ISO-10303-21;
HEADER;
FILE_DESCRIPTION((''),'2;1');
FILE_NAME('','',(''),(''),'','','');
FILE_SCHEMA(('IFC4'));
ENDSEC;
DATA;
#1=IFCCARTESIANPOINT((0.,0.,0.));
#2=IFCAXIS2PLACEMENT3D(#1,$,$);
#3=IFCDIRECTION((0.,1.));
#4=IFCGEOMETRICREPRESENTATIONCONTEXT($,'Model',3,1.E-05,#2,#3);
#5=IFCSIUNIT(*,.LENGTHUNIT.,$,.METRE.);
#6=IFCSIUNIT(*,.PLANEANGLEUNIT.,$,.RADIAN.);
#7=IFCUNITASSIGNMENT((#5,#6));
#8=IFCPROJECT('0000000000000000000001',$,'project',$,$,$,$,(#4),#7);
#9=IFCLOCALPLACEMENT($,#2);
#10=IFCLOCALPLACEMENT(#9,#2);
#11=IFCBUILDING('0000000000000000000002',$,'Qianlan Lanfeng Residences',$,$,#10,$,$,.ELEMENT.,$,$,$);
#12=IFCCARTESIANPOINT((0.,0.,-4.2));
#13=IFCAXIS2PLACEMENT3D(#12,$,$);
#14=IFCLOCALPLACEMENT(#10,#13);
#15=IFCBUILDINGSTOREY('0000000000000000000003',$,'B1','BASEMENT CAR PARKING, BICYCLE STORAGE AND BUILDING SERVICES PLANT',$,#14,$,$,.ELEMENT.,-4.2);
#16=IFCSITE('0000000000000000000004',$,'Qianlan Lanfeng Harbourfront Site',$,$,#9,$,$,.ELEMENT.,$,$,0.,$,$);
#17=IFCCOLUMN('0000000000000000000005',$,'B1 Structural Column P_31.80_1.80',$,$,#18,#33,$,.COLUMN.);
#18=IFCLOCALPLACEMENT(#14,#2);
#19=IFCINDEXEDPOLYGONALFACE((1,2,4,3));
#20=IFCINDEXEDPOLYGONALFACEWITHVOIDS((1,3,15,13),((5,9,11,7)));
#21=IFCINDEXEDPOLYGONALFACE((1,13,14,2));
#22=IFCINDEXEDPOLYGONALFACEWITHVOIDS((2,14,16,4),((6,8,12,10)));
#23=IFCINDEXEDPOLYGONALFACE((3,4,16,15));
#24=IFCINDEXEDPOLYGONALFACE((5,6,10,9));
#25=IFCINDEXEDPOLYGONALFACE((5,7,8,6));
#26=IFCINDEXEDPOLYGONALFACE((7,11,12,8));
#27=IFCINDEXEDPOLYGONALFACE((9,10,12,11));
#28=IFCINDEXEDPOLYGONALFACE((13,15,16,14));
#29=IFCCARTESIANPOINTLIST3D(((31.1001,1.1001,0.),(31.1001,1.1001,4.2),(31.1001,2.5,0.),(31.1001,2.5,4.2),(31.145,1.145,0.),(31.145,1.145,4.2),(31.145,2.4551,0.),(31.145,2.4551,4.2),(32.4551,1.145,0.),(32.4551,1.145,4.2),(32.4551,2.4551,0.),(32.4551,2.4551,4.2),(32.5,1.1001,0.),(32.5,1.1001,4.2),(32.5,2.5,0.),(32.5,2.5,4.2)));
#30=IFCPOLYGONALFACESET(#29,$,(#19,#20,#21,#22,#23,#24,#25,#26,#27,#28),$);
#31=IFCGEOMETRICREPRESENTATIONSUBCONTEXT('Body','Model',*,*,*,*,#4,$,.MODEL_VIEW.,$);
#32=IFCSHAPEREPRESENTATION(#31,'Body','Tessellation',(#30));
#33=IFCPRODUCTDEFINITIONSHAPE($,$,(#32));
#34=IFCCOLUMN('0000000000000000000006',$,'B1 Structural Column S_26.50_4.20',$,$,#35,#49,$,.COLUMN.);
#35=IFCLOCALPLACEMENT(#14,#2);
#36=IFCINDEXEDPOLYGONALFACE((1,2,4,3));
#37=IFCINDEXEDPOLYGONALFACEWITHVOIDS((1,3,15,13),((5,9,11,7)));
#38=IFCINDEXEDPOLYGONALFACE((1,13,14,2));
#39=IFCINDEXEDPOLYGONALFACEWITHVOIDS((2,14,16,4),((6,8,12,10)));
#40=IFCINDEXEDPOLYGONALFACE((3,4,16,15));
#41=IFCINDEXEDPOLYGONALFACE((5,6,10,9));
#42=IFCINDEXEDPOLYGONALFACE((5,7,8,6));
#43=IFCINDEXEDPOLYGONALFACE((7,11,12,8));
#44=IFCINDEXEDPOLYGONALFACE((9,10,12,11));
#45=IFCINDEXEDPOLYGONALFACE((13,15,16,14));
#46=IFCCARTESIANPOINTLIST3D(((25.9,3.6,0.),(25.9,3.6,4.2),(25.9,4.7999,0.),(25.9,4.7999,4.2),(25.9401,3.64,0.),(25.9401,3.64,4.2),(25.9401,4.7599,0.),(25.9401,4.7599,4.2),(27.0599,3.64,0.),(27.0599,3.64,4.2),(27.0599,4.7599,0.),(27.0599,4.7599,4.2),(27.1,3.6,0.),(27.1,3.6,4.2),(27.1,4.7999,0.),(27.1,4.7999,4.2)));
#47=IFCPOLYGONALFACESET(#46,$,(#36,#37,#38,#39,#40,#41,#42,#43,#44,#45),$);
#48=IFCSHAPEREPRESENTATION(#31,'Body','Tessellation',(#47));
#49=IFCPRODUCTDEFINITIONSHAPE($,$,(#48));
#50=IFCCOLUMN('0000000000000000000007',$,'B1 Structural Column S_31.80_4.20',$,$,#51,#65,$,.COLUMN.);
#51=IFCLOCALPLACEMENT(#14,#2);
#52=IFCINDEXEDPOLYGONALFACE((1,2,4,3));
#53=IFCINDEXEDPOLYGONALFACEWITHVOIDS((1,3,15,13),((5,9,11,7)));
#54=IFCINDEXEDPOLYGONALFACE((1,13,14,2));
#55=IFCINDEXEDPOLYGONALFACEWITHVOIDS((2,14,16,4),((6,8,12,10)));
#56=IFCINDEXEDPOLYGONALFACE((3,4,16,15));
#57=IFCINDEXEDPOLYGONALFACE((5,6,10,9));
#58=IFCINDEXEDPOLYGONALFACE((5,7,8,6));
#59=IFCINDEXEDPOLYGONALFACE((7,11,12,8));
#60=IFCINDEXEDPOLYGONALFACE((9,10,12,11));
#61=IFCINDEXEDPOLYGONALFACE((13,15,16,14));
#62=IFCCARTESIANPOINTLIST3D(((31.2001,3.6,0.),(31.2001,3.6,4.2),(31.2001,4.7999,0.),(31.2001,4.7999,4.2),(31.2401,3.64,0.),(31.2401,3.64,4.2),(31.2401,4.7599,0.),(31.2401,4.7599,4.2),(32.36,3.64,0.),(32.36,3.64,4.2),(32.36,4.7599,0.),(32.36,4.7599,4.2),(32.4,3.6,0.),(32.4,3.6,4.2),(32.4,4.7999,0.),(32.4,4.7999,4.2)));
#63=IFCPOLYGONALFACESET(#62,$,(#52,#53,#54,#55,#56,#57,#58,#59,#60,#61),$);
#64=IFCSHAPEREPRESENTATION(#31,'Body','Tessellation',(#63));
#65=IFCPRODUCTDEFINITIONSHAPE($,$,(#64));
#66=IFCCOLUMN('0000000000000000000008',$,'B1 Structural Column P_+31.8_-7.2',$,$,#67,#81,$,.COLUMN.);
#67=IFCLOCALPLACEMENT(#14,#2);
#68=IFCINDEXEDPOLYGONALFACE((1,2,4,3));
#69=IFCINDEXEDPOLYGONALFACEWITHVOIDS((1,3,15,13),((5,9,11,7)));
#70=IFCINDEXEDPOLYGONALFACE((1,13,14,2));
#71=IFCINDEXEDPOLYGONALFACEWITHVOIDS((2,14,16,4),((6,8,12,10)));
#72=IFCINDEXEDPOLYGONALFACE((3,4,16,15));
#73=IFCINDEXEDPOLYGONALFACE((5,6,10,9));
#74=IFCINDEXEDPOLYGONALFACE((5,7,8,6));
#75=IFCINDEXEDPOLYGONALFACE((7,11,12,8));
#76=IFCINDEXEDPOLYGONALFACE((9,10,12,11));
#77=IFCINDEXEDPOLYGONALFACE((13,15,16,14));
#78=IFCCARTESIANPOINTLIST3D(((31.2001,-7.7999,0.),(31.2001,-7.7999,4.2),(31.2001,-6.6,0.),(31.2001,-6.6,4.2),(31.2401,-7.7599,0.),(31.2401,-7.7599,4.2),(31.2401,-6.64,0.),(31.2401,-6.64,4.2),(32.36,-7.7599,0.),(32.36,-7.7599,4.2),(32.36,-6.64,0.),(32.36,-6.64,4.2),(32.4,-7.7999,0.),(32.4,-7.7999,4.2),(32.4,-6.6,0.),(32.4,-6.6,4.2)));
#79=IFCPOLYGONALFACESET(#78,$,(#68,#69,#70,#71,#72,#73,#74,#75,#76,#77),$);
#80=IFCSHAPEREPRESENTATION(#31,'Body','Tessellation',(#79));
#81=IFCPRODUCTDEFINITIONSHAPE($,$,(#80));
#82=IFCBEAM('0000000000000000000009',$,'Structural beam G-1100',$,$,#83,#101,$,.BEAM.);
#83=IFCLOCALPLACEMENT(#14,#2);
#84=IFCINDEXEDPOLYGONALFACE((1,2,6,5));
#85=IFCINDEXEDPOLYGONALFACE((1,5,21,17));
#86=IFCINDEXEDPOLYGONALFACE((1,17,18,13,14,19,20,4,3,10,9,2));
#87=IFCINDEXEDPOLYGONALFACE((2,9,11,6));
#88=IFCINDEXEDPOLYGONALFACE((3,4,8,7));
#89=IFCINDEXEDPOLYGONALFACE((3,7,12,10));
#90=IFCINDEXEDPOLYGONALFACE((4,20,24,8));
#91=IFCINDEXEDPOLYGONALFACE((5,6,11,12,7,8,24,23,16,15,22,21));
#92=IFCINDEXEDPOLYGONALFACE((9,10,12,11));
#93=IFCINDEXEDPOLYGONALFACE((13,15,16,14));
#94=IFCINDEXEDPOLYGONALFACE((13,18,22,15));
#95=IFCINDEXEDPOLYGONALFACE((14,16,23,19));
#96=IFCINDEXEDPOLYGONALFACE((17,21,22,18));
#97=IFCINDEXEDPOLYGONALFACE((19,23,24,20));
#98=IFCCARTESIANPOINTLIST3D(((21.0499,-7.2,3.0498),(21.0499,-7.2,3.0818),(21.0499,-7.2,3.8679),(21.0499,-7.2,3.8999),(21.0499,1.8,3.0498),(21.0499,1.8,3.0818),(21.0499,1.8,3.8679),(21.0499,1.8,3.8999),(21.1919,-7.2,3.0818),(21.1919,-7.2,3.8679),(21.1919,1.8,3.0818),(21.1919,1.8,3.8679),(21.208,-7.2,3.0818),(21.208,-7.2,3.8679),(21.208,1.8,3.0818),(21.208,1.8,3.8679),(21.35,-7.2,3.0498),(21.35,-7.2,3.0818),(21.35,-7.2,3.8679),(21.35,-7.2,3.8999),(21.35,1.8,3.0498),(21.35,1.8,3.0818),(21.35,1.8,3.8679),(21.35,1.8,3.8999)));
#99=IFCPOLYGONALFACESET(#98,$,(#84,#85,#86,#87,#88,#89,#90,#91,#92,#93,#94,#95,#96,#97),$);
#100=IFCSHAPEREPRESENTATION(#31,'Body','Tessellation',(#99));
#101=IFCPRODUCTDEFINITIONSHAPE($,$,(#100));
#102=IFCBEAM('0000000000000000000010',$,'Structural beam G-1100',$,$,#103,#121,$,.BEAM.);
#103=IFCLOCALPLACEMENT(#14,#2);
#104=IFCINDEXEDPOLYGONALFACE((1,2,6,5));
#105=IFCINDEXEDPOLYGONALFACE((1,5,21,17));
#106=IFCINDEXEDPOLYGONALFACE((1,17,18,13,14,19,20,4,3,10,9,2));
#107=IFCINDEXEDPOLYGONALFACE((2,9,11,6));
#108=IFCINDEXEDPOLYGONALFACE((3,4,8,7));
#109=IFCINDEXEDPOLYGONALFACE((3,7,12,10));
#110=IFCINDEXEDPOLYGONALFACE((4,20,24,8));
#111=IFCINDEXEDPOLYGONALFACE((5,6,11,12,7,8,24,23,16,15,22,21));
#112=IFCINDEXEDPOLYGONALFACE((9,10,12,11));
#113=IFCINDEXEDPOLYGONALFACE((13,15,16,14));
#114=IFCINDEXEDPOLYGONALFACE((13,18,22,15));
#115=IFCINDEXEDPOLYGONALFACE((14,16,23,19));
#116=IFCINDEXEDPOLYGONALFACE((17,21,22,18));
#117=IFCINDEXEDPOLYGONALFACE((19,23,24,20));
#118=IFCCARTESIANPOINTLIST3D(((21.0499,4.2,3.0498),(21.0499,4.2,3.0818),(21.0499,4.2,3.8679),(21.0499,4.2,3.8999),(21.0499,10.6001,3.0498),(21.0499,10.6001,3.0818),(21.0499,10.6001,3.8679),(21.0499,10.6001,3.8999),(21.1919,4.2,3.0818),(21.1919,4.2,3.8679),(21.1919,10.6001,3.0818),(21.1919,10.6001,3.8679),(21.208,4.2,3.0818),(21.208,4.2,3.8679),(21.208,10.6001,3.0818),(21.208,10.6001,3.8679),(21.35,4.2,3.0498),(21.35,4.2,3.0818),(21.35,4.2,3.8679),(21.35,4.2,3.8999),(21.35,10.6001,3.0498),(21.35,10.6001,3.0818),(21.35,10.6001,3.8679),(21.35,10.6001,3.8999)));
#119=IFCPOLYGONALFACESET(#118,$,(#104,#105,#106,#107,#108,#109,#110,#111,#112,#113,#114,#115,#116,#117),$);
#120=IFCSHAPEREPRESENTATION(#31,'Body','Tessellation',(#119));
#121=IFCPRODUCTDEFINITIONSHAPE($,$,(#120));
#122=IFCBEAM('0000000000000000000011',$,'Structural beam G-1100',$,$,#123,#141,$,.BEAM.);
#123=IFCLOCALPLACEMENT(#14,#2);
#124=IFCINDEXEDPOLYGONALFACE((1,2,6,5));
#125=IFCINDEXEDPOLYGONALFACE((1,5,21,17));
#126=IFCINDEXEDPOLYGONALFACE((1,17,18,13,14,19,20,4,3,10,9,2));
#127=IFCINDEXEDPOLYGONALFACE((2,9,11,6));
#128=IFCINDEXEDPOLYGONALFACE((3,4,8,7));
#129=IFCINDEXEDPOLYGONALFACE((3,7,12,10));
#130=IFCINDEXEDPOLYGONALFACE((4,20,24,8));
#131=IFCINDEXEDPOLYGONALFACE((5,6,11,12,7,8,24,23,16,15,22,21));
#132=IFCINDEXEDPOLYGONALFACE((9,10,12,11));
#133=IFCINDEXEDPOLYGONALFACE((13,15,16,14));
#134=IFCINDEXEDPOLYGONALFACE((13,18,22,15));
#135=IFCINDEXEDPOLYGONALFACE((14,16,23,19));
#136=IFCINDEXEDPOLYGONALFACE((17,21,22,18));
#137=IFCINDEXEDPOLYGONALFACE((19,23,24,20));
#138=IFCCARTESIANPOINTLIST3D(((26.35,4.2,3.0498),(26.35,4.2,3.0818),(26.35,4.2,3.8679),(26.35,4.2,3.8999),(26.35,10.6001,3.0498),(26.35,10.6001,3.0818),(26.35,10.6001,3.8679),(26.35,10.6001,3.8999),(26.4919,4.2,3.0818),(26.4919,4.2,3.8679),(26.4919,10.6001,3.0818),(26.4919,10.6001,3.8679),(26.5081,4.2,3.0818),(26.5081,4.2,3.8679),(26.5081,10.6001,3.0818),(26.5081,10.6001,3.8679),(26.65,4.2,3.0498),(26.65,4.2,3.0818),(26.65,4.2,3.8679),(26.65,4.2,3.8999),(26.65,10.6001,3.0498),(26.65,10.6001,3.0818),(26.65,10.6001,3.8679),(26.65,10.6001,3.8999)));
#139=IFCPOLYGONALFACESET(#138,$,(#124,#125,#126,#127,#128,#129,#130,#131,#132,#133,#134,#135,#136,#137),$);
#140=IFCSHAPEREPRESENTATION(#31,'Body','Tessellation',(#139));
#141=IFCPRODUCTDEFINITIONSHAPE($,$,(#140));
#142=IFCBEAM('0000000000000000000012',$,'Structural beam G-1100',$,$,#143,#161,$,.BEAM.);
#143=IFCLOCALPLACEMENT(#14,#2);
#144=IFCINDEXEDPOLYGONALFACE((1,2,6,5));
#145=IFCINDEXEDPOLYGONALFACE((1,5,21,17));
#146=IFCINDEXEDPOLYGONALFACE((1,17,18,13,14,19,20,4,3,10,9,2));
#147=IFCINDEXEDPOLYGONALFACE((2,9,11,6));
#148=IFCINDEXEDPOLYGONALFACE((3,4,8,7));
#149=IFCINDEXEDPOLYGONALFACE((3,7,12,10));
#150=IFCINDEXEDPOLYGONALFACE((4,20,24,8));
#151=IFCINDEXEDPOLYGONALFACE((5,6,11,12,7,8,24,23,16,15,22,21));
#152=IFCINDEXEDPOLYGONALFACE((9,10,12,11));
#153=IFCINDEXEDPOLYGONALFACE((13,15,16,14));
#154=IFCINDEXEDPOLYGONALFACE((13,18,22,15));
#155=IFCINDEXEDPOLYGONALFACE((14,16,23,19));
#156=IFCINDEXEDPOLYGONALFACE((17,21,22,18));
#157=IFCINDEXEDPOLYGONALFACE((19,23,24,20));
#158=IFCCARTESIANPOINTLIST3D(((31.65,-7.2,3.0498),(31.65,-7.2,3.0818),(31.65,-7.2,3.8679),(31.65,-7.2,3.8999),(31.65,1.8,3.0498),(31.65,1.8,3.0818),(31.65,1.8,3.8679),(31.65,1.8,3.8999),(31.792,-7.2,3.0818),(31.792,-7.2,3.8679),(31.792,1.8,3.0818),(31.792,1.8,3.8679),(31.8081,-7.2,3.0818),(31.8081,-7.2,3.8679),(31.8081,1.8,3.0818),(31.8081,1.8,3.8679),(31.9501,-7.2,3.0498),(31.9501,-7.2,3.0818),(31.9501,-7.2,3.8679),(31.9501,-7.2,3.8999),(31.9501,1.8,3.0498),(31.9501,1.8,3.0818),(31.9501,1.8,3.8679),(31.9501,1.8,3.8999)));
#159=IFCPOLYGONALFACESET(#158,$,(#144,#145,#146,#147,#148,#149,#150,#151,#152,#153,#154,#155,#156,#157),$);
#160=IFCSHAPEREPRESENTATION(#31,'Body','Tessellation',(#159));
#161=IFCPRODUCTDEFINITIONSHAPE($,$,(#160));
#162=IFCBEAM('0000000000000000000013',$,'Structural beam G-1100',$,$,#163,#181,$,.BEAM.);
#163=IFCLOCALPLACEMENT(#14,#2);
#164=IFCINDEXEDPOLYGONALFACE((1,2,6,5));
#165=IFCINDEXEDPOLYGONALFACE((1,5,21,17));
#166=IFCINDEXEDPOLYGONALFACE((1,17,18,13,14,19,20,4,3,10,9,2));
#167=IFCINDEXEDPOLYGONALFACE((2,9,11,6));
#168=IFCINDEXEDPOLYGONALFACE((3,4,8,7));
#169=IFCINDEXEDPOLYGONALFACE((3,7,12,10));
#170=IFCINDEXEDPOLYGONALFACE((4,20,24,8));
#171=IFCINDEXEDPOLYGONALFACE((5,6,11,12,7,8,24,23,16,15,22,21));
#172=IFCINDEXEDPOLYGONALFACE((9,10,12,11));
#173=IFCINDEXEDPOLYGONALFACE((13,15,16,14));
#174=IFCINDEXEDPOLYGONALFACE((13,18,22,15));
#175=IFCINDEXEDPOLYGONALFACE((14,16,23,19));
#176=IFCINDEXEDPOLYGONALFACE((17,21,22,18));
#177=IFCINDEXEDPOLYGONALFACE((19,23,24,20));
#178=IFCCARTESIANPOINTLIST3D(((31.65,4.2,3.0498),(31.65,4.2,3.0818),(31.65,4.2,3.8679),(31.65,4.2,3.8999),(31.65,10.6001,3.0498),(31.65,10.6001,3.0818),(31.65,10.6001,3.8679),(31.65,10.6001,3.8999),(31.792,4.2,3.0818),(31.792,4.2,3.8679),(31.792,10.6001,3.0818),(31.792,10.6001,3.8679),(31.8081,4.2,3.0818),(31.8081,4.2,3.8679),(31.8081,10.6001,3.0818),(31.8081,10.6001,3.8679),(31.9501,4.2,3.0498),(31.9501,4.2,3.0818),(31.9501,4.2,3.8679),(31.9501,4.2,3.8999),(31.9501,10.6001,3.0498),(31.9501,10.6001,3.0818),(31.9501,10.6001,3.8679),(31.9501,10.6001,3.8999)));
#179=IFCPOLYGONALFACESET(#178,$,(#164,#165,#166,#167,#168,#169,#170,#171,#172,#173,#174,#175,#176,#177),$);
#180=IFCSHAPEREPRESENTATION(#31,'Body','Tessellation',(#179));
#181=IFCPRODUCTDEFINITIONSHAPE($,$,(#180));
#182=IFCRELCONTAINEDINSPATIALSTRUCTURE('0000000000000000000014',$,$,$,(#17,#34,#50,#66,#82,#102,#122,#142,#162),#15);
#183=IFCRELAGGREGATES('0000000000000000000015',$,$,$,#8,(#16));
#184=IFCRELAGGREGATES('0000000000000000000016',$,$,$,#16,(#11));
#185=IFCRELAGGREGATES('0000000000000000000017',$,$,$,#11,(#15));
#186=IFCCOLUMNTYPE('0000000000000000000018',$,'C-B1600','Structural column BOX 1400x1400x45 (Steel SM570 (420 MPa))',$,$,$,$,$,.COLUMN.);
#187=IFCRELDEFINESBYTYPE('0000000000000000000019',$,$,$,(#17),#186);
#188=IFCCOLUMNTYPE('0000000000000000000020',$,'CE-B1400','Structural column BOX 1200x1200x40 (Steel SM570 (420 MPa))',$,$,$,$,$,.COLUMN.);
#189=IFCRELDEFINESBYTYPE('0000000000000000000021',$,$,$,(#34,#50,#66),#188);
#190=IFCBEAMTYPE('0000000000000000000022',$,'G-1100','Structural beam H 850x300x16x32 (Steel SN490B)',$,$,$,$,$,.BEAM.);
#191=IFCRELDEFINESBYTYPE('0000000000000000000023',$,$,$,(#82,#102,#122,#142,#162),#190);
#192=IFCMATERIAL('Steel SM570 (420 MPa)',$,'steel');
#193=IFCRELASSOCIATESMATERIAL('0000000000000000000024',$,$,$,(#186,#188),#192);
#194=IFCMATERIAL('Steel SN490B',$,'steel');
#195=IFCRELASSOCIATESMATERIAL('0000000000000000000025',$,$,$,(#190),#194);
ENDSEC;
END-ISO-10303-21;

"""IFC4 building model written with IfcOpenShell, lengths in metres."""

from ifc_helpers import new_model, si_unit, direction, frame, origin, origin_2d, place, context, subcontext, project, spatial, hollow_rectangle, i_section, extrude, material, material_profile, profile_set, type_object, element, save


model = new_model("IFC4")

# Units and contexts
model_context = context("Model", 3, precision=1e-05, world=origin(), true_north=direction((0.0, 1.0)))
body_context = subcontext(model_context, "Body", "Model", "MODEL_VIEW")
ifc_project = project(units=[si_unit("LENGTHUNIT", "METRE"), si_unit("PLANEANGLEUNIT", "RADIAN")], contexts=[model_context])

# Site, building, storey
site_placement = place(None, origin())
site = spatial("IfcSite", under=ifc_project, at=site_placement, Name="Qianlan Lanfeng Harbourfront Site", CompositionType="ELEMENT", RefElevation=0.0)
building_placement = place(site_placement, origin())
building = spatial("IfcBuilding", under=site, at=building_placement, Name="Qianlan Lanfeng Residences", CompositionType="ELEMENT")
storey_placement = place(building_placement, frame((0.0, 0.0, -4.2)))
storey = spatial("IfcBuildingStorey", under=building, at=storey_placement, Name="B1", Description="BASEMENT CAR PARKING, BICYCLE STORAGE AND BUILDING SERVICES PLANT", CompositionType="ELEMENT", Elevation=-4.2)

# Columns
ifc_material_1 = material(Name="Steel SM570 (420 MPa)", Category="steel")
ifc_material_profile_1 = material_profile(ifc_material_1, hollow_rectangle(XDim=1.3999, YDim=1.3999, WallThickness=0.0449, at=origin_2d()), Name="BOX 1400x1400x45")
ifc_profile_set_1 = profile_set([ifc_material_profile_1], Name="Steel SM570 (420 MPa)")
column_type_1 = type_object("IfcColumnType", Name="C-B1600", Description="Structural column BOX 1400x1400x45 (Steel SM570 (420 MPa))", PredefinedType="COLUMN", material=ifc_profile_set_1)
column_placement = place(storey_placement, frame((31.8, 1.8, 0.0), z_axis=(0.0, 0.0, 1.0), x_axis=(1.0, 0.0, 0.0)))
element("IfcColumn", 1, at=column_placement, inside=storey, type_object=column_type_1, Name="B1 Structural Column P_31.80_1.80", PredefinedType="COLUMN", context=body_context, shape_type="SweptSolid", body=[
    extrude(hollow_rectangle(XDim=1.3999, YDim=1.3999, WallThickness=0.0449, at=origin_2d()), origin(), (0.0, 0.0, 1.0), 4.2),
])
ifc_material_profile_2 = material_profile(ifc_material_1, hollow_rectangle(XDim=1.2, YDim=1.2, WallThickness=0.04, at=origin_2d()), Name="BOX 1200x1200x40")
ifc_profile_set_2 = profile_set([ifc_material_profile_2], Name="Steel SM570 (420 MPa)")
column_type_2 = type_object("IfcColumnType", Name="CE-B1400", Description="Structural column BOX 1200x1200x40 (Steel SM570 (420 MPa))", PredefinedType="COLUMN", material=ifc_profile_set_2)
for number, where, z_axis, x_axis, name in (
    (2, (26.5, 4.2, 0.0), (0.0, 0.0, 1.0), (1.0, 0.0, 0.0), "B1 Structural Column S_26.50_4.20"),
    (3, (31.8, 4.2, 0.0), (0.0, 0.0, 1.0), (1.0, 0.0, 0.0), "B1 Structural Column S_31.80_4.20"),
    (4, (31.8, -7.2, 0.0), (0.0, 0.0, 1.0), (1.0, 0.0, 0.0), "B1 Structural Column P_+31.8_-7.2"),
):
    element("IfcColumn", number, at=place(storey_placement, frame(where, z_axis=z_axis, x_axis=x_axis)), inside=storey, type_object=column_type_2, Name=name, PredefinedType="COLUMN", context=body_context, shape_type="SweptSolid", body=[
        extrude(hollow_rectangle(XDim=1.2, YDim=1.2, WallThickness=0.04, at=origin_2d()), origin(), (0.0, 0.0, 1.0), 4.2),
    ])

# Beams
ifc_material_2 = material(Name="Steel SN490B", Category="steel")
ifc_material_profile_3 = material_profile(ifc_material_2, i_section(OverallWidth=0.3, OverallDepth=0.8501, WebThickness=0.0161, FlangeThickness=0.032, at=origin_2d()), Name="H 850x300x16x32")
ifc_profile_set_3 = profile_set([ifc_material_profile_3], Name="Steel SN490B")
beam_type_1 = type_object("IfcBeamType", Name="G-1100", Description="Structural beam H 850x300x16x32 (Steel SN490B)", PredefinedType="BEAM", material=ifc_profile_set_3)
beam_1_placement = place(storey_placement, frame((21.2, -7.2, 3.4749), z_axis=(0.0, 1.0, 0.0), x_axis=(-1.0, 0.0, 0.0)))
element("IfcBeam", 5, at=beam_1_placement, inside=storey, type_object=beam_type_1, Name="Structural beam G-1100", PredefinedType="BEAM", context=body_context, shape_type="SweptSolid", body=[
    extrude(i_section(OverallWidth=0.3, OverallDepth=0.8501, WebThickness=0.0161, FlangeThickness=0.032, at=origin_2d()), origin(), (0.0, 0.0, 1.0), 9.0),
])
for number, where, z_axis, x_axis, name in (
    (6, (21.2, 4.2, 3.4749), (0.0, 1.0, 0.0), (-1.0, 0.0, 0.0), "Structural beam G-1100"),
    (7, (26.5, 4.2, 3.4749), (0.0, 1.0, 0.0), (-1.0, 0.0, 0.0), "Structural beam G-1100"),
):
    element("IfcBeam", number, at=place(storey_placement, frame(where, z_axis=z_axis, x_axis=x_axis)), inside=storey, type_object=beam_type_1, Name=name, PredefinedType="BEAM", context=body_context, shape_type="SweptSolid", body=[
        extrude(i_section(OverallWidth=0.3, OverallDepth=0.8501, WebThickness=0.0161, FlangeThickness=0.032, at=origin_2d()), origin(), (0.0, 0.0, 1.0), 6.4001),
    ])
beam_2_placement = place(storey_placement, frame((31.8, -7.2, 3.4749), z_axis=(0.0, 1.0, 0.0), x_axis=(-1.0, 0.0, 0.0)))
element("IfcBeam", 8, at=beam_2_placement, inside=storey, type_object=beam_type_1, Name="Structural beam G-1100", PredefinedType="BEAM", context=body_context, shape_type="SweptSolid", body=[
    extrude(i_section(OverallWidth=0.3, OverallDepth=0.8501, WebThickness=0.0161, FlangeThickness=0.032, at=origin_2d()), origin(), (0.0, 0.0, 1.0), 9.0),
])
beam_3_placement = place(storey_placement, frame((31.8, 4.2, 3.4749), z_axis=(0.0, 1.0, 0.0), x_axis=(-1.0, 0.0, 0.0)))
element("IfcBeam", 9, at=beam_3_placement, inside=storey, type_object=beam_type_1, Name="Structural beam G-1100", PredefinedType="BEAM", context=body_context, shape_type="SweptSolid", body=[
    extrude(i_section(OverallWidth=0.3, OverallDepth=0.8501, WebThickness=0.0161, FlangeThickness=0.032, at=origin_2d()), origin(), (0.0, 0.0, 1.0), 6.4001),
])

save(model, "model.ifc")
